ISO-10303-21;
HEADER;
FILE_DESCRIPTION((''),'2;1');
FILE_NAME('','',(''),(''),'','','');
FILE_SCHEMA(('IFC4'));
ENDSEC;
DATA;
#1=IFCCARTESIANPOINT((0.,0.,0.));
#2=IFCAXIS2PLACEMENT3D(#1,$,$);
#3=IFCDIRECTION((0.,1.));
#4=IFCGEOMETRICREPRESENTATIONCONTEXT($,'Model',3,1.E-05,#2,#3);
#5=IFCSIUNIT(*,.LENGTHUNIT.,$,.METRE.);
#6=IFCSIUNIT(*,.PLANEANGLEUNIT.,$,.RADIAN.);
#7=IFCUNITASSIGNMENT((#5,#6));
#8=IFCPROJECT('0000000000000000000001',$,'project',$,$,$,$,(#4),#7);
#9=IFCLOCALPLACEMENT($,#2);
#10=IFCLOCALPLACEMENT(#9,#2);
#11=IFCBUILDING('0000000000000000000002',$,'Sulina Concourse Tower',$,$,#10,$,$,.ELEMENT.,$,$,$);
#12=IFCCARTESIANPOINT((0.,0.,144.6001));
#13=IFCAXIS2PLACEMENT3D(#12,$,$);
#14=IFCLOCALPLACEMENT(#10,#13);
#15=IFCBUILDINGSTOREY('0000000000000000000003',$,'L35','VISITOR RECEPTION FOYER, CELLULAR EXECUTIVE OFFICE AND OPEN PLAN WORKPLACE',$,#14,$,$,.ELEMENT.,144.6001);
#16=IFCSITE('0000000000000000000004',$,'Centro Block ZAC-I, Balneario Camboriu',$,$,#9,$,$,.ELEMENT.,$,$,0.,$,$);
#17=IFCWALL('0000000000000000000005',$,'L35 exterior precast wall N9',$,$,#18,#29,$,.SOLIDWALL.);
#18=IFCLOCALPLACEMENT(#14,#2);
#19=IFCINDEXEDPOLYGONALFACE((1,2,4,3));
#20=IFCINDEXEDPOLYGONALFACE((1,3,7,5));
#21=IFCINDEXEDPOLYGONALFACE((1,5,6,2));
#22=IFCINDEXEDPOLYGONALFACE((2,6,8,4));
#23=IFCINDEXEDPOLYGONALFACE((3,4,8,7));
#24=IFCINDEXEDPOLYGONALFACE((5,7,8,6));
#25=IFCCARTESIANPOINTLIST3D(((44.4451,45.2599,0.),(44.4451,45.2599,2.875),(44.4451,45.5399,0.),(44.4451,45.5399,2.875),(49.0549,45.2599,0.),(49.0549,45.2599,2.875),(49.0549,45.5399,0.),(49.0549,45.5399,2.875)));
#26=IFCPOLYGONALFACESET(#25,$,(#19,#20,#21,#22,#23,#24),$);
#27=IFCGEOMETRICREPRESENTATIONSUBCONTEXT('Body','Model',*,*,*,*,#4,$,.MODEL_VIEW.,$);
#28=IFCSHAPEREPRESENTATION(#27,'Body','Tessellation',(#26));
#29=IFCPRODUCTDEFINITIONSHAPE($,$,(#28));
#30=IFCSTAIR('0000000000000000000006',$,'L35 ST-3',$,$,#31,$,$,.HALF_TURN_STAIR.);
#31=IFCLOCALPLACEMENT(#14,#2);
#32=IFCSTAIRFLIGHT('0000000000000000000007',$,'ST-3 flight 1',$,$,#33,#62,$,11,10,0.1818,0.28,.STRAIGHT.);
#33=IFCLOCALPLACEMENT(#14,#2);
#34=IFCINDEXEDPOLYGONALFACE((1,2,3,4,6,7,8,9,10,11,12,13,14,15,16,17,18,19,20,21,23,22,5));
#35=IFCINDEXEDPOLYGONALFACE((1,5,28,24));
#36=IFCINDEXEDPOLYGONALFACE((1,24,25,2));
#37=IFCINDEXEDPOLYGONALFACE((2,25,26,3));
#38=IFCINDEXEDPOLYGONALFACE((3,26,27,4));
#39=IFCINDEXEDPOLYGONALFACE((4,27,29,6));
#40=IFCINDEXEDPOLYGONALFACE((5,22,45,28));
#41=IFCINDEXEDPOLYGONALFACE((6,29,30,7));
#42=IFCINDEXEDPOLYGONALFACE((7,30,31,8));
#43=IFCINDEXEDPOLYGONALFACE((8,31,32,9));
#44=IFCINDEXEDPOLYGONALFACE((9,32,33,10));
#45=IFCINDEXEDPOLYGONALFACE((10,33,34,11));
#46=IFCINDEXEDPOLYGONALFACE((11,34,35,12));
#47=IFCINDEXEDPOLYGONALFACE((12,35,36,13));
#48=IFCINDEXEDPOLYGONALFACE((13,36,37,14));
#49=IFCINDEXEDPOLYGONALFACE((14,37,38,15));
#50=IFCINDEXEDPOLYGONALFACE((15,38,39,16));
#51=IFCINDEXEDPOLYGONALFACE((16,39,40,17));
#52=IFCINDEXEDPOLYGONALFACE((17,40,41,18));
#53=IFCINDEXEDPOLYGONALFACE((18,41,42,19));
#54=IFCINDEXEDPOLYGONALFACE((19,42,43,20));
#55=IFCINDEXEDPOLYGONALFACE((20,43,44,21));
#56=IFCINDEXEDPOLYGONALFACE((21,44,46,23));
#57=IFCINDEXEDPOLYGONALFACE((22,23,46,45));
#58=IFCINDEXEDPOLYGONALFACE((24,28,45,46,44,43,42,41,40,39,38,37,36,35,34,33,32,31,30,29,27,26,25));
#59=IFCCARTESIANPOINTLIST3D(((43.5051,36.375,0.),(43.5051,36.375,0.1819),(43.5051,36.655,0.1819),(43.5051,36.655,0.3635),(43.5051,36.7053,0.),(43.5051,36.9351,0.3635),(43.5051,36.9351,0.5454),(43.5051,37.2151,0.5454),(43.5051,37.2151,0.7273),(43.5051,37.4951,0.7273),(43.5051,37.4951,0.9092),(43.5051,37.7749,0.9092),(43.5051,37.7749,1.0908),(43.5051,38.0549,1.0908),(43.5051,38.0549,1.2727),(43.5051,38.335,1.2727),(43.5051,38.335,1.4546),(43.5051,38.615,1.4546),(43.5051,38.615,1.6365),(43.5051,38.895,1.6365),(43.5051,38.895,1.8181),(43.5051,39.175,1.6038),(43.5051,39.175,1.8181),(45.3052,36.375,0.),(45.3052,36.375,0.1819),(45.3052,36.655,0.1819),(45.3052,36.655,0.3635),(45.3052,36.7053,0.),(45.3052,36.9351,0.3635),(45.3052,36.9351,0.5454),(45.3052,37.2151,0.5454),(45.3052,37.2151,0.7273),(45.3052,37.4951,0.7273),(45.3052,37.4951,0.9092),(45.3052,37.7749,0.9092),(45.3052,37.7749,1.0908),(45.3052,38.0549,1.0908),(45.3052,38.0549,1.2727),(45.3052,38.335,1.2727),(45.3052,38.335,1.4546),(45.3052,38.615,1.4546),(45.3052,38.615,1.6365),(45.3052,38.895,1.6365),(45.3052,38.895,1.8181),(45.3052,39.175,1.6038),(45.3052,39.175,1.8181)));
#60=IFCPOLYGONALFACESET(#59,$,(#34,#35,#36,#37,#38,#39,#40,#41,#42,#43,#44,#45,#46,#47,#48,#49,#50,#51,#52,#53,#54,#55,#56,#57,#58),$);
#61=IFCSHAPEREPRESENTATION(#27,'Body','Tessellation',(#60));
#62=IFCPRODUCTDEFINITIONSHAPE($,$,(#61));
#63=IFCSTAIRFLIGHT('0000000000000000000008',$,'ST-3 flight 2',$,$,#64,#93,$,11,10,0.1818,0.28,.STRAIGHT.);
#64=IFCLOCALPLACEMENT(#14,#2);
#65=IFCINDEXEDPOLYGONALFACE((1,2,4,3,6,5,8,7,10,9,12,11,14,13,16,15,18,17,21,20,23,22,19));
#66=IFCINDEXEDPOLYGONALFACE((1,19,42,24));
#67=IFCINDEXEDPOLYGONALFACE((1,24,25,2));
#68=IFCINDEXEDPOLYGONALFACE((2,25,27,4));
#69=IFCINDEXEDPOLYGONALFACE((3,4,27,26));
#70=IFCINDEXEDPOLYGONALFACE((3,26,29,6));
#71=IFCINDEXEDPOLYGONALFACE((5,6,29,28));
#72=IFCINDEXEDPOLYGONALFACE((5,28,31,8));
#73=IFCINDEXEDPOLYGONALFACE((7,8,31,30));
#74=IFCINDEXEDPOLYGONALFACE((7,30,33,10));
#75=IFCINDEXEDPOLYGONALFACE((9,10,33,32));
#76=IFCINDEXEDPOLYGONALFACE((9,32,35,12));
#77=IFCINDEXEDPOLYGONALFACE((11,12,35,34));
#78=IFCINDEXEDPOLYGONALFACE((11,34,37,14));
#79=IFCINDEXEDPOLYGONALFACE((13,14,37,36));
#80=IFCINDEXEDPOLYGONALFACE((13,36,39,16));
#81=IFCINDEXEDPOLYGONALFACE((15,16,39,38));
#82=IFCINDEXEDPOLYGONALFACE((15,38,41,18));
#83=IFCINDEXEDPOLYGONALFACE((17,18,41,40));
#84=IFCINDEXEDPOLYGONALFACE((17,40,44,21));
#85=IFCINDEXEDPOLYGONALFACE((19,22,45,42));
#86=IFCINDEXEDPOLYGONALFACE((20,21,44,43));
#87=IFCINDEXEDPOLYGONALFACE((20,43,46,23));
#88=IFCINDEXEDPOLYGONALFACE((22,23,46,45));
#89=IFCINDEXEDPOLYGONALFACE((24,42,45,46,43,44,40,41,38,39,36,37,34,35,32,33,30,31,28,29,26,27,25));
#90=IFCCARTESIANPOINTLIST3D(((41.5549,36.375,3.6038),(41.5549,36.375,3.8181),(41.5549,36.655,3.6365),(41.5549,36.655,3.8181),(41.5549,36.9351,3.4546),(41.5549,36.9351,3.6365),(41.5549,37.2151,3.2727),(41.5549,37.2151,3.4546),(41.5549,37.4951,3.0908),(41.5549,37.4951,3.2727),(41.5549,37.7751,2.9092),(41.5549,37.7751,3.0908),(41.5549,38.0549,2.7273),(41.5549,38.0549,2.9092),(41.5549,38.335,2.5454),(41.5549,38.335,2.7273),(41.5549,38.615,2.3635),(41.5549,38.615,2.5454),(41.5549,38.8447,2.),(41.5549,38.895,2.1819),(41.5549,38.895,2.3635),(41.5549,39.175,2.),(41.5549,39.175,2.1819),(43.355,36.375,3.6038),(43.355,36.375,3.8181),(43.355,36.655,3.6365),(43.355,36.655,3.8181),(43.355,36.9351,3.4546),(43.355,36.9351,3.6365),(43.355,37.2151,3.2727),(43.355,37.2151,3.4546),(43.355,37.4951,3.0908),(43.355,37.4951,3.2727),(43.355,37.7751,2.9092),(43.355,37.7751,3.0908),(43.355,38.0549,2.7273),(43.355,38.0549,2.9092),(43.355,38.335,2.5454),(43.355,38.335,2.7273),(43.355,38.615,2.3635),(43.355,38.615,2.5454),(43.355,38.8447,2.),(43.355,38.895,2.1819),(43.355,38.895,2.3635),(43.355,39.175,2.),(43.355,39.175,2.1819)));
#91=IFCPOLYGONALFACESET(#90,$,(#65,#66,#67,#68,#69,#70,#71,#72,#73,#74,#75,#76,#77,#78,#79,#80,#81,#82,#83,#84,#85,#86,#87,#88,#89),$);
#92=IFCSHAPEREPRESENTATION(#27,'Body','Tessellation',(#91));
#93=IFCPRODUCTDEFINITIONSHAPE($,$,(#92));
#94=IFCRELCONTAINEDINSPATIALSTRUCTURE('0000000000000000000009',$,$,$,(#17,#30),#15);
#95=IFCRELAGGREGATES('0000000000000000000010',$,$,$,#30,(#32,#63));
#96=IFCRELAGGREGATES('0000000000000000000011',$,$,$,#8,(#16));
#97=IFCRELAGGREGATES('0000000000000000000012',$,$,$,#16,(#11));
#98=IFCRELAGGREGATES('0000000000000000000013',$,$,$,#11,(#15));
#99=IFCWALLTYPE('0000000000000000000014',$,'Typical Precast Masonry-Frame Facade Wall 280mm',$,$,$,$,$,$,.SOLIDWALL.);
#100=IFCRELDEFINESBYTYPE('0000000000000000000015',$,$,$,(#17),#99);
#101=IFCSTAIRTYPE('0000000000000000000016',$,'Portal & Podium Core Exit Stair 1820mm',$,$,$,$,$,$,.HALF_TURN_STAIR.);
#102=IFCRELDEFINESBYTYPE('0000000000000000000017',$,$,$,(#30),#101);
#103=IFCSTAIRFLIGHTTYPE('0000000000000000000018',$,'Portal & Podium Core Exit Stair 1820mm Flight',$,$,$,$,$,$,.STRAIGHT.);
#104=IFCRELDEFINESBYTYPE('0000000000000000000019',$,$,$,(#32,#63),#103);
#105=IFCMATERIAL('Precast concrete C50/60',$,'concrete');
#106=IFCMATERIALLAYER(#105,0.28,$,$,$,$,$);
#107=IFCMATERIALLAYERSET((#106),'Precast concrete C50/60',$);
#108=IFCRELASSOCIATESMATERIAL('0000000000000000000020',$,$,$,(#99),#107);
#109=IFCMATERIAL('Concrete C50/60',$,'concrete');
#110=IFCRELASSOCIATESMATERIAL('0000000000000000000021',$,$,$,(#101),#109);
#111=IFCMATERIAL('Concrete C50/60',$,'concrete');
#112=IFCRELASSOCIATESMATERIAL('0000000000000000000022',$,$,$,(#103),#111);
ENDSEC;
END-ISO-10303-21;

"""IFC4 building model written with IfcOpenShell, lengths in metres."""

from ifc_helpers import new_model, si_unit, direction, frame, frame_2d, origin, place, context, subcontext, project, spatial, polyline, rectangle, outline, extrude, material, layer, layer_set, type_object, element, aggregate, save


model = new_model("IFC4")

# Units and contexts
model_context = context("Model", 3, precision=1e-05, world=origin(), true_north=direction((0.0, 1.0)))
body_context = subcontext(model_context, "Body", "Model", "MODEL_VIEW")
ifc_project = project(units=[si_unit("LENGTHUNIT", "METRE"), si_unit("PLANEANGLEUNIT", "RADIAN")], contexts=[model_context])

# Site, building, storey
site_placement = place(None, origin())
site = spatial("IfcSite", under=ifc_project, at=site_placement, Name="Centro Block ZAC-I, Balneario Camboriu", CompositionType="ELEMENT", RefElevation=0.0)
building_placement = place(site_placement, origin())
building = spatial("IfcBuilding", under=site, at=building_placement, Name="Sulina Concourse Tower", CompositionType="ELEMENT")
storey_placement = place(building_placement, frame((0.0, 0.0, 144.6001)))
storey = spatial("IfcBuildingStorey", under=building, at=storey_placement, Name="L35", Description="VISITOR RECEPTION FOYER, CELLULAR EXECUTIVE OFFICE AND OPEN PLAN WORKPLACE", CompositionType="ELEMENT", Elevation=144.6001)

# Wall
ifc_material_1 = material(Name="Precast concrete C50/60", Category="concrete")
ifc_layer_1 = layer(ifc_material_1, 0.28)
ifc_layer_set_1 = layer_set([ifc_layer_1], Name="Precast concrete C50/60")
wall_type_1 = type_object("IfcWallType", Name="Typical Precast Masonry-Frame Facade Wall 280mm", PredefinedType="SOLIDWALL", material=ifc_layer_set_1)
wall_1_placement = place(storey_placement, frame((44.4451, 45.3999, 0.0), z_axis=(0.0, 0.0, 1.0), x_axis=(1.0, 0.0, 0.0)))
element("IfcWall", 1, at=wall_1_placement, inside=storey, type_object=wall_type_1, Name="L35 exterior precast wall N9", PredefinedType="SOLIDWALL", context=body_context, shape_type="SweptSolid", body=[
    extrude(rectangle(XDim=4.6099, YDim=0.28, at=frame_2d((2.3049, 0.0))), origin(), (0.0, 0.0, 1.0), 2.875),
])

# Stair, stair flights
ifc_material_2 = material(Name="Concrete C50/60", Category="concrete")
stair_type = type_object("IfcStairType", Name="Portal & Podium Core Exit Stair 1820mm", PredefinedType="HALF_TURN_STAIR", material=ifc_material_2)
stair_placement = place(storey_placement, origin())
stair = element("IfcStair", 2, at=stair_placement, inside=storey, type_object=stair_type, Name="L35 ST-3", PredefinedType="HALF_TURN_STAIR")
ifc_material_3 = material(Name="Concrete C50/60", Category="concrete")
stair_flight_type = type_object("IfcStairFlightType", Name="Portal & Podium Core Exit Stair 1820mm Flight", PredefinedType="STRAIGHT", material=ifc_material_3)
stair_flight_1_placement = place(storey_placement, frame((44.405, 36.375, 0.0), z_axis=(0.0, 0.0, 1.0), x_axis=(0.0, 1.0, 0.0)))
stair_flight_1 = element("IfcStairFlight", 3, at=stair_flight_1_placement, type_object=stair_flight_type, Name="ST-3 flight 1", NumberOfRisers=11, NumberOfTreads=10, PredefinedType="STRAIGHT", RiserHeight=0.1818, TreadLength=0.28, context=body_context, shape_type="SweptSolid", body=[
    extrude(outline(polyline([(0.0, 0.0), (0.0, 0.1819), (0.28, 0.1819), (0.28, 0.3635), (0.5601, 0.3635), (0.5601, 0.5454), (0.8401, 0.5454), (0.8401, 0.7273), (1.1201, 0.7273), (1.1201, 0.9092), (1.3999, 0.9092), (1.3999, 1.0908), (1.6799, 1.0908), (1.6799, 1.2727), (1.96, 1.2727), (1.96, 1.4546), (2.24, 1.4546), (2.24, 1.6365), (2.52, 1.6365), (2.52, 1.8181), (2.8, 1.8181), (2.8, 2.0), (2.8, 1.6038), (0.3303, 0.0), (0.0, 0.0)])), frame((0.0, 0.8999, 0.0), z_axis=(0.0, -1.0, 0.0), x_axis=(1.0, 0.0, 0.0)), (0.0, 0.0, 1.0), 1.8),
])
stair_flight_2_placement = place(storey_placement, frame((42.4551, 39.175, 2.0), z_axis=(0.0, 0.0, 1.0), x_axis=(0.0, -1.0, 0.0)))
stair_flight_2 = element("IfcStairFlight", 4, at=stair_flight_2_placement, type_object=stair_flight_type, Name="ST-3 flight 2", NumberOfRisers=11, NumberOfTreads=10, PredefinedType="STRAIGHT", RiserHeight=0.1818, TreadLength=0.28, context=body_context, shape_type="SweptSolid", body=[
    extrude(outline(polyline([(0.0, 0.0), (0.0, 0.1819), (0.28, 0.1819), (0.28, 0.3635), (0.5601, 0.3635), (0.5601, 0.5454), (0.8401, 0.5454), (0.8401, 0.7273), (1.1201, 0.7273), (1.1201, 0.9092), (1.3999, 0.9092), (1.3999, 1.0908), (1.6799, 1.0908), (1.6799, 1.2727), (1.96, 1.2727), (1.96, 1.4546), (2.24, 1.4546), (2.24, 1.6365), (2.52, 1.6365), (2.52, 1.8181), (2.8, 1.8181), (2.8, 2.0), (2.8, 1.6038), (0.3303, 0.0), (0.0, 0.0)])), frame((0.0, 0.8999, 0.0), z_axis=(0.0, -1.0, 0.0), x_axis=(1.0, 0.0, 0.0)), (0.0, 0.0, 1.0), 1.8),
])
aggregate(stair, [stair_flight_1, stair_flight_2])

save(model, "model.ifc")
